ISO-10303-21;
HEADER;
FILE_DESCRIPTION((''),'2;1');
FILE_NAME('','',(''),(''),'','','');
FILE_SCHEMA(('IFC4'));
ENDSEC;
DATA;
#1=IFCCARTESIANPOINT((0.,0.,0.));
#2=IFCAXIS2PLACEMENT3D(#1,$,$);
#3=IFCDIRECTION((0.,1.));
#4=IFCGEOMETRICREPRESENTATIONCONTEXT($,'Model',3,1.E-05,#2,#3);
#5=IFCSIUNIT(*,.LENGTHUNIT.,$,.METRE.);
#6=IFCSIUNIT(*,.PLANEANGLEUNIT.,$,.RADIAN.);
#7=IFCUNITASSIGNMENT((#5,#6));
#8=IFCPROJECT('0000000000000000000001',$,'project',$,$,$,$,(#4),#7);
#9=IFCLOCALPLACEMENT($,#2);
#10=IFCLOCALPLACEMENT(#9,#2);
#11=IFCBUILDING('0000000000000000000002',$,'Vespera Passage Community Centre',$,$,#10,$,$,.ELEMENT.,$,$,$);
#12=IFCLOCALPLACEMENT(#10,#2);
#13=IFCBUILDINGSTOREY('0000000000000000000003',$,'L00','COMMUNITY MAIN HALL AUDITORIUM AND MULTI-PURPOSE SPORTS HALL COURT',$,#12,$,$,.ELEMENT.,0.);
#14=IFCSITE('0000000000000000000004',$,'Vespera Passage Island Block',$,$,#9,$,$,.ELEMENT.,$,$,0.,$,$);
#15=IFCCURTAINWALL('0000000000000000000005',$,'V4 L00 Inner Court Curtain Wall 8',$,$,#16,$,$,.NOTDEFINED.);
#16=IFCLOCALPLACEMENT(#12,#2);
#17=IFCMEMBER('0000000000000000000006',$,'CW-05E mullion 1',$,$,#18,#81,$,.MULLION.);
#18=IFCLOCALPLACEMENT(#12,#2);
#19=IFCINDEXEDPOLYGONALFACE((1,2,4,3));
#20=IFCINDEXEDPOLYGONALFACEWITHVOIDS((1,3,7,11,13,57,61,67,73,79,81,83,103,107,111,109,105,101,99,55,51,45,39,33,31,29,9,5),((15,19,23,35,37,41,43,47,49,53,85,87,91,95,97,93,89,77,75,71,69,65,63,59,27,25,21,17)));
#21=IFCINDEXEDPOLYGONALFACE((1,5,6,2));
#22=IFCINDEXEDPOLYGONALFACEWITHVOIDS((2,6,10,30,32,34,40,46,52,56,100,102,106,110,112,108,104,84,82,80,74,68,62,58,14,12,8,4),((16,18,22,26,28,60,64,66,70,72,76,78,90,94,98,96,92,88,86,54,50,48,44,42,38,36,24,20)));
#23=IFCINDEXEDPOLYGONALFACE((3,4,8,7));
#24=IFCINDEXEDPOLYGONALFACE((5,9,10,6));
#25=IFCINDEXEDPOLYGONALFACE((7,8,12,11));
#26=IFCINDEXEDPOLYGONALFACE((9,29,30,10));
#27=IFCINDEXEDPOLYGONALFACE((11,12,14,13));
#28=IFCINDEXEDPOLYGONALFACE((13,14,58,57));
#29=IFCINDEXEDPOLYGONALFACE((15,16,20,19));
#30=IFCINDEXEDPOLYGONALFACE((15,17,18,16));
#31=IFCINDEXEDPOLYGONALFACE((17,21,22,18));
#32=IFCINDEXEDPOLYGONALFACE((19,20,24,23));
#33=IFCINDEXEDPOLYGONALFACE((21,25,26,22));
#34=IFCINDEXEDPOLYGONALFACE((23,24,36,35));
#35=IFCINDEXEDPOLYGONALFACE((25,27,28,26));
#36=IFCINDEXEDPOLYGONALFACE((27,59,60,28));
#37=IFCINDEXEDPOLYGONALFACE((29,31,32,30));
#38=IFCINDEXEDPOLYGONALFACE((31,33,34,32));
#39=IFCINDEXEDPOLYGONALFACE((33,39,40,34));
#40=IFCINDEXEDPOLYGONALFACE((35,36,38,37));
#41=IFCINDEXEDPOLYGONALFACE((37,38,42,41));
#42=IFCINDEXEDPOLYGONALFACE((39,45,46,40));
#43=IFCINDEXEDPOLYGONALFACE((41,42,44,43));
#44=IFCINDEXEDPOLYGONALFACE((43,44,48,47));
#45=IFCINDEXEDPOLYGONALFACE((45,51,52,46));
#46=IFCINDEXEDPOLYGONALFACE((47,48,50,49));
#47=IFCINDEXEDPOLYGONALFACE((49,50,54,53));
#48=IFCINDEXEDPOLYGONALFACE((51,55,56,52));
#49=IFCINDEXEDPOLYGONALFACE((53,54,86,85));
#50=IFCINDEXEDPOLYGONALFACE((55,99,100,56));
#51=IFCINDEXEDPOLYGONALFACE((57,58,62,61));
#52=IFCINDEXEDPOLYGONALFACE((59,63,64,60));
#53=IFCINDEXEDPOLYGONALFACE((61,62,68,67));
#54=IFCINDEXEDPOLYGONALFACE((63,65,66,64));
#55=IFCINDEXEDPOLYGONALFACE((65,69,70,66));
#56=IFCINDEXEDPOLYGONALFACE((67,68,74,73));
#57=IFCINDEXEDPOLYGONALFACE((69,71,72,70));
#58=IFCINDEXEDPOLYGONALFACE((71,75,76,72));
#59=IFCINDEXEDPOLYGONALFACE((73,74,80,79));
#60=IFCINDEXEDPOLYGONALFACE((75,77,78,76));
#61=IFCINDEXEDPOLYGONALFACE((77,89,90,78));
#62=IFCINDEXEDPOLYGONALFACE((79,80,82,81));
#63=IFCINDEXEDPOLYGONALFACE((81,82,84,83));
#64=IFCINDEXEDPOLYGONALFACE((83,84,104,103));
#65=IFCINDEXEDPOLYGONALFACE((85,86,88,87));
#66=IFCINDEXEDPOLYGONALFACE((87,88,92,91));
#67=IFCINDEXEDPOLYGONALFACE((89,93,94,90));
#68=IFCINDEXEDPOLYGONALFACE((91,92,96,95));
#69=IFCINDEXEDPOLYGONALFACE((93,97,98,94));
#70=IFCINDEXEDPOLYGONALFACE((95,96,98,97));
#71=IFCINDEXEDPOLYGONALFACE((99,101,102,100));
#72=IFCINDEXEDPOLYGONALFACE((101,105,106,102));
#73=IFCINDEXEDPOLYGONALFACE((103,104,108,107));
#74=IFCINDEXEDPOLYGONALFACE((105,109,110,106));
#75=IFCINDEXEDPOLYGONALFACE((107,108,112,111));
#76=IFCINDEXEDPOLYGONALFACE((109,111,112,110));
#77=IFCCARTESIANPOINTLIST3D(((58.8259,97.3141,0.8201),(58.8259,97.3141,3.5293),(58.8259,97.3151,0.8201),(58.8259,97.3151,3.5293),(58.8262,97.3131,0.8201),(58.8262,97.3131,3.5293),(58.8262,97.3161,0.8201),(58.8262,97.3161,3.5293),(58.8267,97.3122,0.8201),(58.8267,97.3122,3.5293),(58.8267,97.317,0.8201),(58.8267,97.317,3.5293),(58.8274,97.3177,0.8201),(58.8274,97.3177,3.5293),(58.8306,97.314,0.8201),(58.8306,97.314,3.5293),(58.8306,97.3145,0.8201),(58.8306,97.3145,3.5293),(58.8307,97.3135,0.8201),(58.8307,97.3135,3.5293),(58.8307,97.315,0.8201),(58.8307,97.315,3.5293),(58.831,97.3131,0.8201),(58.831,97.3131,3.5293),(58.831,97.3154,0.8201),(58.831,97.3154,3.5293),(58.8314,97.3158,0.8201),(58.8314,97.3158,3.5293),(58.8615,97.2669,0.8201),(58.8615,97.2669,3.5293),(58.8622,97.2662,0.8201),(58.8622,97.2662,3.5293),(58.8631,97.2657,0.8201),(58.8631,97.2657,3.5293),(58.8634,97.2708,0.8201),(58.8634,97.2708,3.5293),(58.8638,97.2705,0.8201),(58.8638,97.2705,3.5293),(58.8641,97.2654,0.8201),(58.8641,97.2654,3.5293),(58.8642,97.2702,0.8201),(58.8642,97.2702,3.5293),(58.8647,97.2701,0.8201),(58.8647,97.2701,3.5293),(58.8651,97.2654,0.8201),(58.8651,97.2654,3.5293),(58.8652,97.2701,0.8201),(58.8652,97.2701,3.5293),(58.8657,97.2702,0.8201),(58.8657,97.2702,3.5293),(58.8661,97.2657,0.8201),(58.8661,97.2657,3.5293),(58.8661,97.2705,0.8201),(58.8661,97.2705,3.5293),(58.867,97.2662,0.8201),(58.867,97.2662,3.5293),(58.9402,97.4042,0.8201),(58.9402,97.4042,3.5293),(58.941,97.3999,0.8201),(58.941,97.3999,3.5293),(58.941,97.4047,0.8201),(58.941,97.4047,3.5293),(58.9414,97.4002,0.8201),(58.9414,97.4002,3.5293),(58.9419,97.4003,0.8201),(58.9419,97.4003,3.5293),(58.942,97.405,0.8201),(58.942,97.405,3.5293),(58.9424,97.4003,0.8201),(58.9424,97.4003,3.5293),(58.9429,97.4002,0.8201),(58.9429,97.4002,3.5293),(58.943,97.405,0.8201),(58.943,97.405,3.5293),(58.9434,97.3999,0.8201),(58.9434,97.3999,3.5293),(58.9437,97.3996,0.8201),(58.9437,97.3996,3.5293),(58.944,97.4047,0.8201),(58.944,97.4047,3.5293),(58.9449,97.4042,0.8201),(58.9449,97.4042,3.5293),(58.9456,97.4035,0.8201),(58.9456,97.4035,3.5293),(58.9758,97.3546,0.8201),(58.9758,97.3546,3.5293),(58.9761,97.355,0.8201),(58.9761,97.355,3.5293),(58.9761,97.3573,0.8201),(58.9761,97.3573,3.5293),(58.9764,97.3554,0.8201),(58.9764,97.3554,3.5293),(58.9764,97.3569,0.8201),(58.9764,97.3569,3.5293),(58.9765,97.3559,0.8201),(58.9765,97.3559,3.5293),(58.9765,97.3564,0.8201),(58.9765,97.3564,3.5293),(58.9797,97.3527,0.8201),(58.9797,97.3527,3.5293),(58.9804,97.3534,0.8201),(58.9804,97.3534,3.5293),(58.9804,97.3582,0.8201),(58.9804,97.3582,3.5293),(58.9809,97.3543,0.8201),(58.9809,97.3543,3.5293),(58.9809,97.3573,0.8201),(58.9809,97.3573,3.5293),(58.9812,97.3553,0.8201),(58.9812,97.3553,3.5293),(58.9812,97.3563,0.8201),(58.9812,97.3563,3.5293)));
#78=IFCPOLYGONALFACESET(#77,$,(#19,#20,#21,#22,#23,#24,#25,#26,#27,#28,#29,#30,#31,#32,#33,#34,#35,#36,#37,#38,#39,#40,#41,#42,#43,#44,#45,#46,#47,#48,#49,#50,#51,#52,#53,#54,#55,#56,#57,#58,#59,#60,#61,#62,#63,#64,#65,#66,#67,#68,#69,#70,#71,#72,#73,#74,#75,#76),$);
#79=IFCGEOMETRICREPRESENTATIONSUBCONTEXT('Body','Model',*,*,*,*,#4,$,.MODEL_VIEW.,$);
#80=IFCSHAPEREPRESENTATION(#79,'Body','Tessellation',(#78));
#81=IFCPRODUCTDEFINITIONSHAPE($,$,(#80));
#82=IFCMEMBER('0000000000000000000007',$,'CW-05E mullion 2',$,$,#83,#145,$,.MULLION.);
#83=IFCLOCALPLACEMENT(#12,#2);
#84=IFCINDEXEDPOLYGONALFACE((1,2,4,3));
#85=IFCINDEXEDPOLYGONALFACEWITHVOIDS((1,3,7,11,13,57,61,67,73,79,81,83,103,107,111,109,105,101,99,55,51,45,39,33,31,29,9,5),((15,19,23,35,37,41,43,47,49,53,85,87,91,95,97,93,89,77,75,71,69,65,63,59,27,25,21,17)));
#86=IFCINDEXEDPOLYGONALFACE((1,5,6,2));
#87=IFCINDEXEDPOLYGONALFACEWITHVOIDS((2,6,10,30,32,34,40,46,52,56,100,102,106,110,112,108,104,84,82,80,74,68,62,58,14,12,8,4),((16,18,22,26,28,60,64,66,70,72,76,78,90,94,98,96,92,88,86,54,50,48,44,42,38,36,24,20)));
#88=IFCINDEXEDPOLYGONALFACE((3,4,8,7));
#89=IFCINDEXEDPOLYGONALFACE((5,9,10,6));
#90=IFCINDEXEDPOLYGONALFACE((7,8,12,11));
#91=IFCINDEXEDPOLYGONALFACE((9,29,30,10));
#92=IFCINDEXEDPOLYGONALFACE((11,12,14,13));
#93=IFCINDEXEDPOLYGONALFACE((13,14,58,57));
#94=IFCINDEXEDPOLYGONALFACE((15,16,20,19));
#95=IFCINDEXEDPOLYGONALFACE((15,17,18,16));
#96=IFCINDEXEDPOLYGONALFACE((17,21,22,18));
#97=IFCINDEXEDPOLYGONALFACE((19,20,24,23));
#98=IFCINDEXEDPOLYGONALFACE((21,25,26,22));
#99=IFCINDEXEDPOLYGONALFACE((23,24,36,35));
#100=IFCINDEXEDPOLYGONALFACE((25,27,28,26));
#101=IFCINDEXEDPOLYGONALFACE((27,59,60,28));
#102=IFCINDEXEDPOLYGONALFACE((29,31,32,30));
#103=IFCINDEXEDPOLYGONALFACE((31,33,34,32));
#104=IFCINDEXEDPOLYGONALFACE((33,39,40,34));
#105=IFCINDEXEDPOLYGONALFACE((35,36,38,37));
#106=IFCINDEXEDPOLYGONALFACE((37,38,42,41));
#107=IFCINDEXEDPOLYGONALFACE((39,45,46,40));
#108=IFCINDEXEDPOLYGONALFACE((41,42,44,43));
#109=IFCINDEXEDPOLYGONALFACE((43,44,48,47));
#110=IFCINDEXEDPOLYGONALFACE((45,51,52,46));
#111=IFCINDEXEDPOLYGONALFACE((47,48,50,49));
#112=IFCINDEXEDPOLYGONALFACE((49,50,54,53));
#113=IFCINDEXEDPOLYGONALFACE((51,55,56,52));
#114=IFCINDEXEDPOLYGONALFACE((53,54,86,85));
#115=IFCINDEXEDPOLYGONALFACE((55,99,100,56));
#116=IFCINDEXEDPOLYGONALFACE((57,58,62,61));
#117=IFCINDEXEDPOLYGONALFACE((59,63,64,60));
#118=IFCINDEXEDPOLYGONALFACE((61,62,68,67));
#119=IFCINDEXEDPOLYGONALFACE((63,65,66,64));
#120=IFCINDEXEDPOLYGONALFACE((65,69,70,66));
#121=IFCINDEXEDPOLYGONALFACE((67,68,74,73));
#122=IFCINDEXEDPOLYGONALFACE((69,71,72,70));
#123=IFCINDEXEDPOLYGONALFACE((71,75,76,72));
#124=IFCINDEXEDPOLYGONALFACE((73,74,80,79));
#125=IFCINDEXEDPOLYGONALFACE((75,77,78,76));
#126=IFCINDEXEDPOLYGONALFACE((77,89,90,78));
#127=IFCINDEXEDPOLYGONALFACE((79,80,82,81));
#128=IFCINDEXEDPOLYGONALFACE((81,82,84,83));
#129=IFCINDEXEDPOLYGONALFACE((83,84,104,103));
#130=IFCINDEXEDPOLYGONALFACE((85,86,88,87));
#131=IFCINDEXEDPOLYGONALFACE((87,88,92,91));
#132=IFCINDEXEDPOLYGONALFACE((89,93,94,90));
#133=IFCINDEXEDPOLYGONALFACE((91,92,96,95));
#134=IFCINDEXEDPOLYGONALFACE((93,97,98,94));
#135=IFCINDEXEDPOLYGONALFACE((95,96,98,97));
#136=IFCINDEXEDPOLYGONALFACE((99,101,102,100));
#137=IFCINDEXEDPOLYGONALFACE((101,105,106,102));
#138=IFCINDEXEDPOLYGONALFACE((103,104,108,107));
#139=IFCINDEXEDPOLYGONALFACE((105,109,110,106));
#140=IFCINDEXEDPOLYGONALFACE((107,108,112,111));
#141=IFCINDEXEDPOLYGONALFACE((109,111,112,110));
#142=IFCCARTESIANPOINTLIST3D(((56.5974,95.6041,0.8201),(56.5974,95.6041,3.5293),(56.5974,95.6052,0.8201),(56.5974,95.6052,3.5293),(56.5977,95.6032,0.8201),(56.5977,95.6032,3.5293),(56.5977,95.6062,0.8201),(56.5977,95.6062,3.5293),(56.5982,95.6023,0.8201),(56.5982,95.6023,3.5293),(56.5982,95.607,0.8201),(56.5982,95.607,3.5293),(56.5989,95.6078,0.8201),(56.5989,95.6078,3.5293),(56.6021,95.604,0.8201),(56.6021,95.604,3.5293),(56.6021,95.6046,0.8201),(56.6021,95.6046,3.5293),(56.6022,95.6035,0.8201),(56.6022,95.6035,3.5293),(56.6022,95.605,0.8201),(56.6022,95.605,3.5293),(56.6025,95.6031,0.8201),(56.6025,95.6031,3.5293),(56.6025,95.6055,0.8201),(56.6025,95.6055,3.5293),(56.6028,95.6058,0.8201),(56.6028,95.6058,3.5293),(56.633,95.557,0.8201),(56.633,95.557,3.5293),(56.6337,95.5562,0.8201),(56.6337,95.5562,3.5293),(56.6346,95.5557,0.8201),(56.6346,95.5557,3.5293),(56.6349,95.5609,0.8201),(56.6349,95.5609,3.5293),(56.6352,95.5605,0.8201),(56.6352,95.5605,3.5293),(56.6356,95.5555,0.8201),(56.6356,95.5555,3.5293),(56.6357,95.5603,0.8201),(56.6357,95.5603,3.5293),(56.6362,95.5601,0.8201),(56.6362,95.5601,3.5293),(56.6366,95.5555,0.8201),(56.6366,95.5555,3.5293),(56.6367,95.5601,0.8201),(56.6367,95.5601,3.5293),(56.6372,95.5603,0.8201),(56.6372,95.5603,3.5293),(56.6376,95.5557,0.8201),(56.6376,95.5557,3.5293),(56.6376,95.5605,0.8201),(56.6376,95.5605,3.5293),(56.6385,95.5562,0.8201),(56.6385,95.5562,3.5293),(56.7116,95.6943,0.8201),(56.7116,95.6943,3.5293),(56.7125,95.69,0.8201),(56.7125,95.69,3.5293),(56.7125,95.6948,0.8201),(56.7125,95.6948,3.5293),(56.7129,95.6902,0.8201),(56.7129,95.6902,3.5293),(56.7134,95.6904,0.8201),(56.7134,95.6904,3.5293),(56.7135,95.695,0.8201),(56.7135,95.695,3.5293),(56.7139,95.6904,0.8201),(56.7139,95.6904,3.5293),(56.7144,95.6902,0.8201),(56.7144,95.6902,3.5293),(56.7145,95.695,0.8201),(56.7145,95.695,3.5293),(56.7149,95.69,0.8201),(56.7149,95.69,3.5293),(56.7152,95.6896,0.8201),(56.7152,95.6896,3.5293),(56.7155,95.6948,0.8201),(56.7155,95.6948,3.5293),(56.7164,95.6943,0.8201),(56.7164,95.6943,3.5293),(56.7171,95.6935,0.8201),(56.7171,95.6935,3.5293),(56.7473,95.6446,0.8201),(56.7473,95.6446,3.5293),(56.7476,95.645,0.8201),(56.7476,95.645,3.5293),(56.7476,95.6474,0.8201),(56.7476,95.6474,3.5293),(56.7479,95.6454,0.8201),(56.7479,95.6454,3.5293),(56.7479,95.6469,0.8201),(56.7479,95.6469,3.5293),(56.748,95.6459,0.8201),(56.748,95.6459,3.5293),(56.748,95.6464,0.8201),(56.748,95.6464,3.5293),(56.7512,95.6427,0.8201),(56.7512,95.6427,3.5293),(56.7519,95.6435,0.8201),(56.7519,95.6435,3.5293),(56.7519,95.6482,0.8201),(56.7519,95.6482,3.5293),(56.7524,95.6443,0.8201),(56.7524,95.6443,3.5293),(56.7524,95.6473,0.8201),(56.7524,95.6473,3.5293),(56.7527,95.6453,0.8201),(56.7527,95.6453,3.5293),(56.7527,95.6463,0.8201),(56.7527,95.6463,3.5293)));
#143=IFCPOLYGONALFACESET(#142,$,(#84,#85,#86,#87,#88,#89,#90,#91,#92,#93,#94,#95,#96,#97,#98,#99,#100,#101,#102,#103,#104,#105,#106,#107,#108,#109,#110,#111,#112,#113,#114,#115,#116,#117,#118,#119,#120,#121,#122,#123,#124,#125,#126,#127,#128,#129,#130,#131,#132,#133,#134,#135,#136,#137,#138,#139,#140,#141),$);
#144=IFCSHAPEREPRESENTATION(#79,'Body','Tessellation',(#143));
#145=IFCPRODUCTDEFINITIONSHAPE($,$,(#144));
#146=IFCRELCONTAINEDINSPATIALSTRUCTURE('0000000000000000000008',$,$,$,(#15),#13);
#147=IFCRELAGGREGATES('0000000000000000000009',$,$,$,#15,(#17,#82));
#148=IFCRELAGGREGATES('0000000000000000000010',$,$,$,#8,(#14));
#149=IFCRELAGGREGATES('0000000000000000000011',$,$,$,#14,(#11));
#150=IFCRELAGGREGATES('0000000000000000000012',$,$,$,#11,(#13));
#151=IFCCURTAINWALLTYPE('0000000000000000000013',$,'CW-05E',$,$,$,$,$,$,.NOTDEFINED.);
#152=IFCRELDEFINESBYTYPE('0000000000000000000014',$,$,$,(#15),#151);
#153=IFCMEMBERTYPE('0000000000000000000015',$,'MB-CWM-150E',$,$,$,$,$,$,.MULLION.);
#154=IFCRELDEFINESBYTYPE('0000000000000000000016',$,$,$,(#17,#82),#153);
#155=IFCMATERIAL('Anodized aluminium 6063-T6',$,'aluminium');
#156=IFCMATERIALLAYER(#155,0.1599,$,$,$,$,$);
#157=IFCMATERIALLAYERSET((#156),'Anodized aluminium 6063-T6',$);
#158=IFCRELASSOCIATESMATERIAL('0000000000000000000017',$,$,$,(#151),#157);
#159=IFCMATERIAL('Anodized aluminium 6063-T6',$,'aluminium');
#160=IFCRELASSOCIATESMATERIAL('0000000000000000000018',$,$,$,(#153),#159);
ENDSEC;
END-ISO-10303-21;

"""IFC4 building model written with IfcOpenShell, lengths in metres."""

from ifc_helpers import new_model, si_unit, direction, frame, origin, origin_2d, place, context, subcontext, project, spatial, hollow_rectangle, extrude, material, layer, layer_set, material_profile, profile_set, type_object, element, aggregate, save


model = new_model("IFC4")

# Units and contexts
model_context = context("Model", 3, precision=1e-05, world=origin(), true_north=direction((0.0, 1.0)))
body_context = subcontext(model_context, "Body", "Model", "MODEL_VIEW")
ifc_project = project(units=[si_unit("LENGTHUNIT", "METRE"), si_unit("PLANEANGLEUNIT", "RADIAN")], contexts=[model_context])

# Site, building, storey
site_placement = place(None, origin())
site = spatial("IfcSite", under=ifc_project, at=site_placement, Name="Vespera Passage Island Block", CompositionType="ELEMENT", RefElevation=0.0)
building_placement = place(site_placement, origin())
building = spatial("IfcBuilding", under=site, at=building_placement, Name="Vespera Passage Community Centre", CompositionType="ELEMENT")
storey_placement = place(building_placement, origin())
storey = spatial("IfcBuildingStorey", under=building, at=storey_placement, Name="L00", Description="COMMUNITY MAIN HALL AUDITORIUM AND MULTI-PURPOSE SPORTS HALL COURT", CompositionType="ELEMENT", Elevation=0.0)

# Curtain wall, members
ifc_material_1 = material(Name="Anodized aluminium 6063-T6", Category="aluminium")
ifc_layer_1 = layer(ifc_material_1, 0.1599)
ifc_layer_set_1 = layer_set([ifc_layer_1], Name="Anodized aluminium 6063-T6")
curtain_wall_type = type_object("IfcCurtainWallType", Name="CW-05E", PredefinedType="NOTDEFINED", material=ifc_layer_set_1)
curtain_wall_placement = place(storey_placement, origin())
curtain_wall = element("IfcCurtainWall", 1, at=curtain_wall_placement, inside=storey, type_object=curtain_wall_type, Name="V4 L00 Inner Court Curtain Wall 8", PredefinedType="NOTDEFINED")
ifc_material_2 = material(Name="Anodized aluminium 6063-T6", Category="aluminium")
ifc_material_profile_1 = material_profile(ifc_material_2, hollow_rectangle(XDim=0.0649, YDim=0.1499, WallThickness=0.0039, InnerFilletRadius=0.002, OuterFilletRadius=0.0039, at=origin_2d()), Name="ALU150X65X4")
ifc_profile_set_1 = profile_set([ifc_material_profile_1], Name="Anodized aluminium 6063-T6")
member_type_1 = type_object("IfcMemberType", Name="MB-CWM-150E", PredefinedType="MULLION", material=ifc_profile_set_1)
member_1_placement = place(storey_placement, frame((58.9036, 97.3352, 0.8201), z_axis=(0.0, 0.0, 1.0), x_axis=(0.608755, -0.793358, 0.0)))
member_1 = element("IfcMember", 2, at=member_1_placement, type_object=member_type_1, Name="CW-05E mullion 1", PredefinedType="MULLION", context=body_context, shape_type="SweptSolid", body=[
    extrude(hollow_rectangle(XDim=0.0649, YDim=0.1499, WallThickness=0.0039, InnerFilletRadius=0.002, OuterFilletRadius=0.0039, at=origin_2d()), origin(), (0.0, 0.0, 1.0), 2.7092),
])
member_2_placement = place(storey_placement, frame((56.675, 95.6252, 0.8201), z_axis=(0.0, 0.0, 1.0), x_axis=(0.608755, -0.793358, 0.0)))
member_2 = element("IfcMember", 3, at=member_2_placement, type_object=member_type_1, Name="CW-05E mullion 2", PredefinedType="MULLION", context=body_context, shape_type="SweptSolid", body=[
    extrude(hollow_rectangle(XDim=0.0649, YDim=0.1499, WallThickness=0.0039, InnerFilletRadius=0.002, OuterFilletRadius=0.0039, at=origin_2d()), origin(), (0.0, 0.0, 1.0), 2.7092),
])
aggregate(curtain_wall, [member_1, member_2])

save(model, "model.ifc")
